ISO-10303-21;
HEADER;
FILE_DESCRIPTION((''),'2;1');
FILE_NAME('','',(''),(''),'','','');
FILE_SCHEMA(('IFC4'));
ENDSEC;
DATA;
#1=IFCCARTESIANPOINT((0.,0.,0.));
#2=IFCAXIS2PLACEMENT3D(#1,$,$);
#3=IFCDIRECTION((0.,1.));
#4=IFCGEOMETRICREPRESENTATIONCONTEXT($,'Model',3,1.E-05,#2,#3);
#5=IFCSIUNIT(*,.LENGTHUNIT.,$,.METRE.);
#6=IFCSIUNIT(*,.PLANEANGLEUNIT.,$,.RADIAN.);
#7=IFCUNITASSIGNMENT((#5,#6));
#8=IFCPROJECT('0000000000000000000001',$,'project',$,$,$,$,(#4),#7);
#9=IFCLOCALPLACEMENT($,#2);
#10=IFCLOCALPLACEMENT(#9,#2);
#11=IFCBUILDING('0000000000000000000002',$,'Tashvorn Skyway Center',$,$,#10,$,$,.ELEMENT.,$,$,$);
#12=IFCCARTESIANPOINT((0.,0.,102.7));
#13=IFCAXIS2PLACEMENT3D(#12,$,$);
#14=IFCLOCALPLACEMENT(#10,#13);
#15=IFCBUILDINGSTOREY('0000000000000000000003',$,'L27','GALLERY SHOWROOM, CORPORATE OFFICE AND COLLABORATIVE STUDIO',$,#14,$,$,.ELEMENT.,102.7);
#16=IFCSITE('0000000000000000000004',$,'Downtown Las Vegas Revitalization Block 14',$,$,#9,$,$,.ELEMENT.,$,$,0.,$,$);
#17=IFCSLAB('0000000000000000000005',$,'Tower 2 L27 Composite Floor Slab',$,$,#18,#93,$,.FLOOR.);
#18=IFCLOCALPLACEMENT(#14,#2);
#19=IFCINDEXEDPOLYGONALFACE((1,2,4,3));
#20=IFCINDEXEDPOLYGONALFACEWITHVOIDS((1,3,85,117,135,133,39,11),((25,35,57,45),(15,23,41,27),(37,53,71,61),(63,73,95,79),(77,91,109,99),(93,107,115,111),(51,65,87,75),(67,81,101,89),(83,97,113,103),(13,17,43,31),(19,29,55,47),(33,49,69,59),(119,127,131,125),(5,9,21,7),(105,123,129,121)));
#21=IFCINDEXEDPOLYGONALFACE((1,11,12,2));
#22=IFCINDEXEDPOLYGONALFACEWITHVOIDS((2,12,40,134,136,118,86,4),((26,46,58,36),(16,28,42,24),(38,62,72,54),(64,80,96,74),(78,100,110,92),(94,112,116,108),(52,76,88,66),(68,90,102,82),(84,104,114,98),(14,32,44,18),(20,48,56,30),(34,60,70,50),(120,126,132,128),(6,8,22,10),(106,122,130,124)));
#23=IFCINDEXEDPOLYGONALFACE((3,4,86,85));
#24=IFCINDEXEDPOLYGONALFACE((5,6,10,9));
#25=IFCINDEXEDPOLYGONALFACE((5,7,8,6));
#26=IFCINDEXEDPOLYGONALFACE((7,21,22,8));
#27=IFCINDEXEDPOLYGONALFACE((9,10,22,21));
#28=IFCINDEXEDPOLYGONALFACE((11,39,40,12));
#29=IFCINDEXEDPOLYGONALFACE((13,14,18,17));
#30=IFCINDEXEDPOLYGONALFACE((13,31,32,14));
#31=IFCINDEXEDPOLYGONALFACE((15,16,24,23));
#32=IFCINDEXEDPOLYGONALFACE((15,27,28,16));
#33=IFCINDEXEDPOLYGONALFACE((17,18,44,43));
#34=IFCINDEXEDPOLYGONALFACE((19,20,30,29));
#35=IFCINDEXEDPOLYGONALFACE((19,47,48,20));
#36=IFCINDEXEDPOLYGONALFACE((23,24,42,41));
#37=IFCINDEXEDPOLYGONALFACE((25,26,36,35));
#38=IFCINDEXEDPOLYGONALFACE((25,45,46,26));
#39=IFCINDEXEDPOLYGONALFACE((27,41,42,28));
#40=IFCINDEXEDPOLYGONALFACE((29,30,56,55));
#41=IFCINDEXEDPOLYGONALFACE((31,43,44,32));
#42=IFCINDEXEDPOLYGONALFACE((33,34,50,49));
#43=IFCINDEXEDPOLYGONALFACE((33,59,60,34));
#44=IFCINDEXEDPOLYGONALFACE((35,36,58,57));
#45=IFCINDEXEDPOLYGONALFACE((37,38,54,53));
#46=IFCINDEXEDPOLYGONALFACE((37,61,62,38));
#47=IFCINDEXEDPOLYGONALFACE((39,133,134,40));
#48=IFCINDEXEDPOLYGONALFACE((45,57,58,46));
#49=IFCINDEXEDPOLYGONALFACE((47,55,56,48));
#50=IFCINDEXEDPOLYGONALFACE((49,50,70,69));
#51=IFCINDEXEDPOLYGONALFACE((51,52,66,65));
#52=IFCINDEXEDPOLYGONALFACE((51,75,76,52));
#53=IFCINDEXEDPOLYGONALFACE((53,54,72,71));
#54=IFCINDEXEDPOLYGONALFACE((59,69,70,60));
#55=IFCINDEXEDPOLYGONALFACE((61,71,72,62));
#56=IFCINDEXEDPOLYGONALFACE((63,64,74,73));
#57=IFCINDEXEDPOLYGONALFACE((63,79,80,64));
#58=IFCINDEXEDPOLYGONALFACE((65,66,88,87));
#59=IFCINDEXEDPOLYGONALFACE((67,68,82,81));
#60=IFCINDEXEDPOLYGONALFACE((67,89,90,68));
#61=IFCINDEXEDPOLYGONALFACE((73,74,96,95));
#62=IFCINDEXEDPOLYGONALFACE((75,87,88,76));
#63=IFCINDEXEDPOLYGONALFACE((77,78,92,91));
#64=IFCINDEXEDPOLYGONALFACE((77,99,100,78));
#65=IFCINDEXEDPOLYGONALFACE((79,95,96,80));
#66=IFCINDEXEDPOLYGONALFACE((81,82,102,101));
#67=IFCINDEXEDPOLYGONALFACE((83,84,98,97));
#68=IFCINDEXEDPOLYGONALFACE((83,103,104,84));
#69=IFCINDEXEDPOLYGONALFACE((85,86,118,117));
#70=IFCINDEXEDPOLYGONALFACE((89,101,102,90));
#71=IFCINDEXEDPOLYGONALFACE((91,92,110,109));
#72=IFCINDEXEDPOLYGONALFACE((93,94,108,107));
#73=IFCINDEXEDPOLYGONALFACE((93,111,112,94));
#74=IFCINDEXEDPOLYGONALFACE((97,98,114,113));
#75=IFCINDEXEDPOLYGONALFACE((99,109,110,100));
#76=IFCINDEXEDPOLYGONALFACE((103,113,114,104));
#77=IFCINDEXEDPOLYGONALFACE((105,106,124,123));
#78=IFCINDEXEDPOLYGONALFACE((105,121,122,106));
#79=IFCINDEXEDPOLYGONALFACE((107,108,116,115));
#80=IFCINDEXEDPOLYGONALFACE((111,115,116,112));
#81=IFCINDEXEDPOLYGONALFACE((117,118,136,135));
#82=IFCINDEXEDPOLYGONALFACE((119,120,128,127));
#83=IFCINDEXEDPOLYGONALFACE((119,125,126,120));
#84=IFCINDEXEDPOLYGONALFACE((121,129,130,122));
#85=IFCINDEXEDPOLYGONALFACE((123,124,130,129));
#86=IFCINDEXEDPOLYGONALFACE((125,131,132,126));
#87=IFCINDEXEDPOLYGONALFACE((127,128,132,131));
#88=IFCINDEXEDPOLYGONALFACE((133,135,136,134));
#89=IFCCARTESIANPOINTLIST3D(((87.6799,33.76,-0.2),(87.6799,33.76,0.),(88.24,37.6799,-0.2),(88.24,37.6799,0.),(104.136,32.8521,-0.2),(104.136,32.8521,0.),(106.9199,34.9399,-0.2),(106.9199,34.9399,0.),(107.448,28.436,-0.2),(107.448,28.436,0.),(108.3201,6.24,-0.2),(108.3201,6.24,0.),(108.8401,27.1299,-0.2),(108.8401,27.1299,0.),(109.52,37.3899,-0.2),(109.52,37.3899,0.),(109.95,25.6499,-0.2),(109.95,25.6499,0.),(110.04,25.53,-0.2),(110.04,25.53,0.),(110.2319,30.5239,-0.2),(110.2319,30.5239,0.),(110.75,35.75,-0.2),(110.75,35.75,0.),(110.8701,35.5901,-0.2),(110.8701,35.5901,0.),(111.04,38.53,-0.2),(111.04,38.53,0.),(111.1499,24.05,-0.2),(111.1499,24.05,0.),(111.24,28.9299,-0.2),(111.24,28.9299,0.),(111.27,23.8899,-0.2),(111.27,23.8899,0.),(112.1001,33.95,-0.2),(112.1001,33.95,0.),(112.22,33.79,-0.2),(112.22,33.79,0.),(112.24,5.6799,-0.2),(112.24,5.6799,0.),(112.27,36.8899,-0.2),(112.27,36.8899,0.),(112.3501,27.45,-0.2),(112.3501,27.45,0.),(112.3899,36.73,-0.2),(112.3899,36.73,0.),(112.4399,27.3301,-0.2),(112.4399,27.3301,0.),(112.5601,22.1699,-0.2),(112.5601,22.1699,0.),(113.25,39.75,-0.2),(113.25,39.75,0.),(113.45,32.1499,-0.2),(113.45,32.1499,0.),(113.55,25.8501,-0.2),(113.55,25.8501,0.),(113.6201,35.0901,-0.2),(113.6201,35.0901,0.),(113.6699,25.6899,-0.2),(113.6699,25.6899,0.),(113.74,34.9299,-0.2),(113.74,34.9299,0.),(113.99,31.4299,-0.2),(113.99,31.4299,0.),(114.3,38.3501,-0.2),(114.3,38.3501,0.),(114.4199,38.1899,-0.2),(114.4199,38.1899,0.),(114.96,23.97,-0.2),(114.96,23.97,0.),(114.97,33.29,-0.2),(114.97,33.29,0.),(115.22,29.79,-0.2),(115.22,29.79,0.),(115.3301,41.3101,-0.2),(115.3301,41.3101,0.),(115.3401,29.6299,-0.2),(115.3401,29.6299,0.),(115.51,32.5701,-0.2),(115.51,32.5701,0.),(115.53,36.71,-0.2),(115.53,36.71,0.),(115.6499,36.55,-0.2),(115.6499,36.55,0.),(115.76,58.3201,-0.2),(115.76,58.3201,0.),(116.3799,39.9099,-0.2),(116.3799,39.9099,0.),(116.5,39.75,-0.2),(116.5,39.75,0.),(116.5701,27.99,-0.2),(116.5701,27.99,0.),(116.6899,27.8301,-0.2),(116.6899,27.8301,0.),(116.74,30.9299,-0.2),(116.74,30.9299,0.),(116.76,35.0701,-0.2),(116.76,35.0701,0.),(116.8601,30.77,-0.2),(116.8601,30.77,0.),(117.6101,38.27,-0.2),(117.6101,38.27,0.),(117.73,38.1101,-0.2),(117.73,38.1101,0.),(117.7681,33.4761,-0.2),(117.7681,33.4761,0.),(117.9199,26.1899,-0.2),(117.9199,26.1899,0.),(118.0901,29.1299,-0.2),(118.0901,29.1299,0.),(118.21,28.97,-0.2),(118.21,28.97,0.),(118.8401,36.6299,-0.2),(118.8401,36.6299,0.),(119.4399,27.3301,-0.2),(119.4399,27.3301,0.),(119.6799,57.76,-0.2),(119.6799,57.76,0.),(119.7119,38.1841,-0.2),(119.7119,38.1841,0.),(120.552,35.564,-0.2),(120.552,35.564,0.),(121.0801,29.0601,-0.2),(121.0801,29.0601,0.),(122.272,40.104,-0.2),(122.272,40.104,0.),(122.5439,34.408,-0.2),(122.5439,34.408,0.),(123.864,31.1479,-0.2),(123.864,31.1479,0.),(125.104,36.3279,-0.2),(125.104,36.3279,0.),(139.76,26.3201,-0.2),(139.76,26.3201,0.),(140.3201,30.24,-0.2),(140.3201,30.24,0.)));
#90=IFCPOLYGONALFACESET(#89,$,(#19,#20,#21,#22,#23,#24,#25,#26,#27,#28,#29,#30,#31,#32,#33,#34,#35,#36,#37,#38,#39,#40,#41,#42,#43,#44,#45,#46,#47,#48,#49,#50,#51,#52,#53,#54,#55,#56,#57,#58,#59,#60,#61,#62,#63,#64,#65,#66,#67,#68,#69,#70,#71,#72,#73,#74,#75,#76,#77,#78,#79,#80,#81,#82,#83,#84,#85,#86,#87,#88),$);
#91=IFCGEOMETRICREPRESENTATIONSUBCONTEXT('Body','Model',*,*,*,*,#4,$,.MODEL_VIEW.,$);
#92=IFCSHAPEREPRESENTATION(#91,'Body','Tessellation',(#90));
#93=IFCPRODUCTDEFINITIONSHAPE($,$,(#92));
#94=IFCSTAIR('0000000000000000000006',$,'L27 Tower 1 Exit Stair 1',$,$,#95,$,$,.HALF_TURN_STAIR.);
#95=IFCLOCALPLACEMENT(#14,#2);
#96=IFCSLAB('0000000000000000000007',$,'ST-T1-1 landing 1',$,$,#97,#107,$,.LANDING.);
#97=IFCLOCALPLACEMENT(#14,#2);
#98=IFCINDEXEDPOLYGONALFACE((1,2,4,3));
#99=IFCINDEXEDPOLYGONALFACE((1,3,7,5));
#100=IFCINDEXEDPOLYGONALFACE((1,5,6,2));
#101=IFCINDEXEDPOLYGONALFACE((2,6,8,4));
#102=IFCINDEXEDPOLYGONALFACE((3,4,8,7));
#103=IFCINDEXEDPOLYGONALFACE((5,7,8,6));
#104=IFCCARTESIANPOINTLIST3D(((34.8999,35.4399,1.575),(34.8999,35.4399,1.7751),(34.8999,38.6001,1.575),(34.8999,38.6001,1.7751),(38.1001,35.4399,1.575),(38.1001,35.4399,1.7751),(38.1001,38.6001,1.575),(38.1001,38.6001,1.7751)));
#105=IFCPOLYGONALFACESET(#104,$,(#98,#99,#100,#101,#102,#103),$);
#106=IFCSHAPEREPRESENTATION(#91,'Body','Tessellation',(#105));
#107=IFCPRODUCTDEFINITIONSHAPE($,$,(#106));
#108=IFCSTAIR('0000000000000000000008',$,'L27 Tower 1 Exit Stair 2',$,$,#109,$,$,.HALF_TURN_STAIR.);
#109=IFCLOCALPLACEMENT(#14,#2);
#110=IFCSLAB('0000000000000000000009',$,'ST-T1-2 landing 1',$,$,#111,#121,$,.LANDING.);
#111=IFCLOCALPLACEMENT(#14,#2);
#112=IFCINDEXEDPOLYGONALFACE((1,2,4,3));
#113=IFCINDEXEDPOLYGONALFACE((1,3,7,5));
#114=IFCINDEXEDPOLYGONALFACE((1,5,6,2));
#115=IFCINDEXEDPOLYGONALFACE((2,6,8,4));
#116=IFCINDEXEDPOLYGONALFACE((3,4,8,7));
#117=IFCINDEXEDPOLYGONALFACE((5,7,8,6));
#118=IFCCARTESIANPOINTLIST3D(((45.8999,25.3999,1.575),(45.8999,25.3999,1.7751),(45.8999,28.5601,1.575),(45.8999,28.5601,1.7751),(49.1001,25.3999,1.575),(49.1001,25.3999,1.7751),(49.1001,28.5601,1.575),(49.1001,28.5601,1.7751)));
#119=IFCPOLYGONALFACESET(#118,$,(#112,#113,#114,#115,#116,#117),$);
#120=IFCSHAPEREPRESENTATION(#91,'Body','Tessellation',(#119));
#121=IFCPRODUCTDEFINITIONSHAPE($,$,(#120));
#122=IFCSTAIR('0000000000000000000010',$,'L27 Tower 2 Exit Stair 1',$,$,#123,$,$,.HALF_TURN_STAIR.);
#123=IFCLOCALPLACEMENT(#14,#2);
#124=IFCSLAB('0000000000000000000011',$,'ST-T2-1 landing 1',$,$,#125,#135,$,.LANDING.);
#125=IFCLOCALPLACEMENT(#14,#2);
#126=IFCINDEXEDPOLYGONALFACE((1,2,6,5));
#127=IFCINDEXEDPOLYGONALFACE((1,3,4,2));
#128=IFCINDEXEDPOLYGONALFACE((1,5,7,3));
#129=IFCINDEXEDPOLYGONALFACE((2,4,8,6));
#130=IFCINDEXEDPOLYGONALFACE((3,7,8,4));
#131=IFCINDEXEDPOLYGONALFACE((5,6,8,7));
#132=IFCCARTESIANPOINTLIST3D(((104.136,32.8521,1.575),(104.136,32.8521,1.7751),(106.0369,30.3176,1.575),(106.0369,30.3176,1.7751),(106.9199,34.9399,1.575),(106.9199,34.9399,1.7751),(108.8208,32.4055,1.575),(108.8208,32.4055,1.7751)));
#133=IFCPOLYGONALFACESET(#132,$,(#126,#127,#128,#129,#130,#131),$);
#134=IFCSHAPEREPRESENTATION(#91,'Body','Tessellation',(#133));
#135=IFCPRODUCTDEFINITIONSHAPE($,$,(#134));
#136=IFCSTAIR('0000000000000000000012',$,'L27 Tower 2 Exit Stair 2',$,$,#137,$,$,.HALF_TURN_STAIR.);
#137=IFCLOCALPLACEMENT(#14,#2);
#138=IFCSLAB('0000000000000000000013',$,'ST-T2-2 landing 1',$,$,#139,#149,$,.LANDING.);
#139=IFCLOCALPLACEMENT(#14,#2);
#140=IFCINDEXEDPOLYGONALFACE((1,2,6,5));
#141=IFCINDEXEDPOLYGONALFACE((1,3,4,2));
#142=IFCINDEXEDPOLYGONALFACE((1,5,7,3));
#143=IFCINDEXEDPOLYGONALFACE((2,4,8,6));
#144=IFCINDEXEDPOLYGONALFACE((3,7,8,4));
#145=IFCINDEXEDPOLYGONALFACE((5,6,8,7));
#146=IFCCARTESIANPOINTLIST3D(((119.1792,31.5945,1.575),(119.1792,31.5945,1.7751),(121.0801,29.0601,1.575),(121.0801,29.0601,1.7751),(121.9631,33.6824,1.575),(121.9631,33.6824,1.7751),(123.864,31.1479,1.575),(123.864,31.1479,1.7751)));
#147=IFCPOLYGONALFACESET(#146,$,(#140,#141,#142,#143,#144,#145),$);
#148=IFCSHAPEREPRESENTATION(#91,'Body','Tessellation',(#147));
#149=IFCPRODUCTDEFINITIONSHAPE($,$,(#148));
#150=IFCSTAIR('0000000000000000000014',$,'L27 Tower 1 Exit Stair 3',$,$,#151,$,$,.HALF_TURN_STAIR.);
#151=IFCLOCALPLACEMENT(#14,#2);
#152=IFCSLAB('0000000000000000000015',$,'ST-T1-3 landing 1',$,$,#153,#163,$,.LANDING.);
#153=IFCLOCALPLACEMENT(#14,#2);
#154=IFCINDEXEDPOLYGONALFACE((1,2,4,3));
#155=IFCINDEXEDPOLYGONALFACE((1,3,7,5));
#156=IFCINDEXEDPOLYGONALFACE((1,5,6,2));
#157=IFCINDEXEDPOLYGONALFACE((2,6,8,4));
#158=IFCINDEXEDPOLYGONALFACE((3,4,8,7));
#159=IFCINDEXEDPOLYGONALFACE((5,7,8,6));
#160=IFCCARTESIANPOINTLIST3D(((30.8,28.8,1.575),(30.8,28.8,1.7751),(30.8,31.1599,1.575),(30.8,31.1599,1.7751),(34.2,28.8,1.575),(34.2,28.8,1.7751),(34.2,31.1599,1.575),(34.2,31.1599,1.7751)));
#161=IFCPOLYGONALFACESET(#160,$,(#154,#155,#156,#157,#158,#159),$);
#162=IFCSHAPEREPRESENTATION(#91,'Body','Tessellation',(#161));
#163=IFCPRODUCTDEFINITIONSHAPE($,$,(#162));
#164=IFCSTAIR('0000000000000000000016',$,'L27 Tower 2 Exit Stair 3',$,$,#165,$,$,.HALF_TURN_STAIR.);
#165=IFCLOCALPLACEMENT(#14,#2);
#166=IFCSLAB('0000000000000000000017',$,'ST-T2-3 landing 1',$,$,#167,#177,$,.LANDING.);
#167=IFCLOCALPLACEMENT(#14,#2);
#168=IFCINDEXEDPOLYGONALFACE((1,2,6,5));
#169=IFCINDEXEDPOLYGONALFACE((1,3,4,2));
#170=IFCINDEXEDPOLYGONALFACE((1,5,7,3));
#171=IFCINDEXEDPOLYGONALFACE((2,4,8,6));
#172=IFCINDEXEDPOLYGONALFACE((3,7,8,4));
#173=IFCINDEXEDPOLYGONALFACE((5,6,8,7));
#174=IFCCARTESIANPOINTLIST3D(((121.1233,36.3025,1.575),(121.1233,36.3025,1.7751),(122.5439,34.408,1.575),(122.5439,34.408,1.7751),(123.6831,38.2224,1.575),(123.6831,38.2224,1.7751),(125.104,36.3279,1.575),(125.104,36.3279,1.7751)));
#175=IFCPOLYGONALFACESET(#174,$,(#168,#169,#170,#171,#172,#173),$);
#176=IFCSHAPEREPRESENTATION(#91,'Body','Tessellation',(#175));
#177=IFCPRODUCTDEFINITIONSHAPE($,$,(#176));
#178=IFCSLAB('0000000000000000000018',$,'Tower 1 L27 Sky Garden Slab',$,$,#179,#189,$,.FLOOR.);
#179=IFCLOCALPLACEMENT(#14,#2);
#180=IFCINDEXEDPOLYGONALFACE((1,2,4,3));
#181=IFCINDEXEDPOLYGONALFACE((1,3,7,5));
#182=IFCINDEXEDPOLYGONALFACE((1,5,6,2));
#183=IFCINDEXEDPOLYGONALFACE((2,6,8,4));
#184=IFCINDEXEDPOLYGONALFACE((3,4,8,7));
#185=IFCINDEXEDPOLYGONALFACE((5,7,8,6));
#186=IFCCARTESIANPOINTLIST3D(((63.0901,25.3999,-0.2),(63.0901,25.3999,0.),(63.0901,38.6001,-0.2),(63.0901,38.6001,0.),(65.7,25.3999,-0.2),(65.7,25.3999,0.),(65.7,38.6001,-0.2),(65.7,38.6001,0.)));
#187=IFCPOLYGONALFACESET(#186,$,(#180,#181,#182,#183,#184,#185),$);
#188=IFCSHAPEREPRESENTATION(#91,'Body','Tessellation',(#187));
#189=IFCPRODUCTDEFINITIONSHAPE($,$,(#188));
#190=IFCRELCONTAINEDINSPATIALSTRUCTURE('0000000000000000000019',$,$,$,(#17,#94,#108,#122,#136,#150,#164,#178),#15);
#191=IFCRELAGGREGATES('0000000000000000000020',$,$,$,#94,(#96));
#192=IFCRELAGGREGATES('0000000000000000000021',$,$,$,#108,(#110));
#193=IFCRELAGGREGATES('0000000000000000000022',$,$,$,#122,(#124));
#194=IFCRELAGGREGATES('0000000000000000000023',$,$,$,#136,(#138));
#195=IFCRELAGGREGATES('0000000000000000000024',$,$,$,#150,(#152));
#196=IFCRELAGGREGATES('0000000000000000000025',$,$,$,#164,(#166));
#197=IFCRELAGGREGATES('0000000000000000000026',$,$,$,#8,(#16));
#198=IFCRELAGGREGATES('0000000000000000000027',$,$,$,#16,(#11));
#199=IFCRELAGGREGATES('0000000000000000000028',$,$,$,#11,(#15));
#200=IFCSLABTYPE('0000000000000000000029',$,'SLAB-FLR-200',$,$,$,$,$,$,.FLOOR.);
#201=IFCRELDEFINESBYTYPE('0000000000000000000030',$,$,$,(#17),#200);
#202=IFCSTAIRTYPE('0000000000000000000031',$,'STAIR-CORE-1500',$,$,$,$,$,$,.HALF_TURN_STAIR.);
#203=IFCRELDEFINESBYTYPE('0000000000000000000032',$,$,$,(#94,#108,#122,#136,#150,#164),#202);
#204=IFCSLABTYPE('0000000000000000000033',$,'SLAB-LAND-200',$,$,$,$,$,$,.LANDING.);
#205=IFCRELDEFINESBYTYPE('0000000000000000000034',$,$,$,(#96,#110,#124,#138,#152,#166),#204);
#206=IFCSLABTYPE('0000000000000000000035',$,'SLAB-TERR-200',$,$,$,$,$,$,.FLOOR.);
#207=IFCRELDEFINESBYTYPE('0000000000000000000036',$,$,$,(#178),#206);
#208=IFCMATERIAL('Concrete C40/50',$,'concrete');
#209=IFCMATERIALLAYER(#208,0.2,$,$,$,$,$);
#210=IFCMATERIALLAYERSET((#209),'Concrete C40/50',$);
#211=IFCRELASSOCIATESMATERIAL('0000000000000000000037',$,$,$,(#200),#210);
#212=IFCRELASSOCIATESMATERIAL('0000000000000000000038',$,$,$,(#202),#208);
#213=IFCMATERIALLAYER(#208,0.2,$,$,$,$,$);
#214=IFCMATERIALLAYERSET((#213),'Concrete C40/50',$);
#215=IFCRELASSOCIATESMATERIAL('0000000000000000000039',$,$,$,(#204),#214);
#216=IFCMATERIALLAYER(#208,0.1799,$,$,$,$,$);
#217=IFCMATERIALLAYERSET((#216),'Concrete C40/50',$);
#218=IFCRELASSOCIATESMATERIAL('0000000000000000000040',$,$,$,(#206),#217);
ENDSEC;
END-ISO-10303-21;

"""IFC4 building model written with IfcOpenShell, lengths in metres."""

from ifc_helpers import new_model, si_unit, direction, frame, origin, place, context, subcontext, project, spatial, polyline, outline, extrude, material, layer, layer_set, type_object, element, aggregate, save


model = new_model("IFC4")

# Units and contexts
model_context = context("Model", 3, precision=1e-05, world=origin(), true_north=direction((0.0, 1.0)))
body_context = subcontext(model_context, "Body", "Model", "MODEL_VIEW")
ifc_project = project(units=[si_unit("LENGTHUNIT", "METRE"), si_unit("PLANEANGLEUNIT", "RADIAN")], contexts=[model_context])

# Site, building, storey
site_placement = place(None, origin())
site = spatial("IfcSite", under=ifc_project, at=site_placement, Name="Downtown Las Vegas Revitalization Block 14", CompositionType="ELEMENT", RefElevation=0.0)
building_placement = place(site_placement, origin())
building = spatial("IfcBuilding", under=site, at=building_placement, Name="Tashvorn Skyway Center", CompositionType="ELEMENT")
storey_placement = place(building_placement, frame((0.0, 0.0, 102.7)))
storey = spatial("IfcBuildingStorey", under=building, at=storey_placement, Name="L27", Description="GALLERY SHOWROOM, CORPORATE OFFICE AND COLLABORATIVE STUDIO", CompositionType="ELEMENT", Elevation=102.7)

# Slab
ifc_material_1 = material(Name="Concrete C40/50", Category="concrete")
ifc_layer_1 = layer(ifc_material_1, 0.2)
ifc_layer_set_1 = layer_set([ifc_layer_1], Name="Concrete C40/50")
slab_type_1 = type_object("IfcSlabType", Name="SLAB-FLR-200", PredefinedType="FLOOR", material=ifc_layer_set_1)
slab_1_placement = place(storey_placement, frame((0.0, 0.0, -0.2)))
element("IfcSlab", 1, at=slab_1_placement, inside=storey, type_object=slab_type_1, Name="Tower 2 L27 Composite Floor Slab", PredefinedType="FLOOR", context=body_context, shape_type="SweptSolid", body=[
    extrude(outline(polyline([(112.24, 5.6799), (139.76, 26.3201), (140.3201, 30.24), (119.6799, 57.76), (115.76, 58.3201), (88.24, 37.6799), (87.6799, 33.76), (108.3201, 6.24), (112.24, 5.6799)]), holes=[polyline([(110.2319, 30.5239), (106.9199, 34.9399), (104.136, 32.8521), (107.448, 28.436), (110.2319, 30.5239)]), polyline([(117.7681, 33.4761), (121.0801, 29.0601), (123.864, 31.1479), (120.552, 35.564), (117.7681, 33.4761)]), polyline([(119.7119, 38.1841), (122.5439, 34.408), (125.104, 36.3279), (122.272, 40.104), (119.7119, 38.1841)]), polyline([(109.95, 25.6499), (112.3501, 27.45), (111.24, 28.9299), (108.8401, 27.1299), (109.95, 25.6499)]), polyline([(111.1499, 24.05), (113.55, 25.8501), (112.4399, 27.3301), (110.04, 25.53), (111.1499, 24.05)]), polyline([(112.5601, 22.1699), (114.96, 23.97), (113.6699, 25.6899), (111.27, 23.8899), (112.5601, 22.1699)]), polyline([(117.9199, 26.1899), (119.4399, 27.3301), (118.21, 28.97), (116.6899, 27.8301), (117.9199, 26.1899)]), polyline([(116.5701, 27.99), (118.0901, 29.1299), (116.8601, 30.77), (115.3401, 29.6299), (116.5701, 27.99)]), polyline([(115.22, 29.79), (116.74, 30.9299), (115.51, 32.5701), (113.99, 31.4299), (115.22, 29.79)]), polyline([(113.45, 32.1499), (114.97, 33.29), (113.74, 34.9299), (112.22, 33.79), (113.45, 32.1499)]), polyline([(112.1001, 33.95), (113.6201, 35.0901), (112.3899, 36.73), (110.8701, 35.5901), (112.1001, 33.95)]), polyline([(110.75, 35.75), (112.27, 36.8899), (111.04, 38.53), (109.52, 37.3899), (110.75, 35.75)]), polyline([(116.76, 35.0701), (118.8401, 36.6299), (117.73, 38.1101), (115.6499, 36.55), (116.76, 35.0701)]), polyline([(115.53, 36.71), (117.6101, 38.27), (116.5, 39.75), (114.4199, 38.1899), (115.53, 36.71)]), polyline([(114.3, 38.3501), (116.3799, 39.9099), (115.3301, 41.3101), (113.25, 39.75), (114.3, 38.3501)])]), origin(), (0.0, 0.0, 1.0), 0.2),
])

# Stairs, slabs
stair_type = type_object("IfcStairType", Name="STAIR-CORE-1500", PredefinedType="HALF_TURN_STAIR", material=ifc_material_1)
stair_1_placement = place(storey_placement, origin())
stair_1 = element("IfcStair", 2, at=stair_1_placement, inside=storey, type_object=stair_type, Name="L27 Tower 1 Exit Stair 1", PredefinedType="HALF_TURN_STAIR")
ifc_layer_2 = layer(ifc_material_1, 0.2)
ifc_layer_set_2 = layer_set([ifc_layer_2], Name="Concrete C40/50")
slab_type_2 = type_object("IfcSlabType", Name="SLAB-LAND-200", PredefinedType="LANDING", material=ifc_layer_set_2)
slab_2_placement = place(storey_placement, frame((0.0, 0.0, 1.575)))
slab_2 = element("IfcSlab", 3, at=slab_2_placement, type_object=slab_type_2, Name="ST-T1-1 landing 1", PredefinedType="LANDING", context=body_context, shape_type="SweptSolid", body=[
    extrude(outline(polyline([(38.1001, 35.4399), (38.1001, 38.6001), (34.8999, 38.6001), (34.8999, 35.4399), (38.1001, 35.4399)])), origin(), (0.0, 0.0, 1.0), 0.2002),
])
aggregate(stair_1, [slab_2])
stair_2_placement = place(storey_placement, origin())
stair_2 = element("IfcStair", 4, at=stair_2_placement, inside=storey, type_object=stair_type, Name="L27 Tower 1 Exit Stair 2", PredefinedType="HALF_TURN_STAIR")
slab_3_placement = place(storey_placement, frame((0.0, 0.0, 1.575)))
slab_3 = element("IfcSlab", 5, at=slab_3_placement, type_object=slab_type_2, Name="ST-T1-2 landing 1", PredefinedType="LANDING", context=body_context, shape_type="SweptSolid", body=[
    extrude(outline(polyline([(45.8999, 28.5601), (45.8999, 25.3999), (49.1001, 25.3999), (49.1001, 28.5601), (45.8999, 28.5601)])), origin(), (0.0, 0.0, 1.0), 0.2002),
])
aggregate(stair_2, [slab_3])
stair_3_placement = place(storey_placement, origin())
stair_3 = element("IfcStair", 6, at=stair_3_placement, inside=storey, type_object=stair_type, Name="L27 Tower 2 Exit Stair 1", PredefinedType="HALF_TURN_STAIR")
slab_4_placement = place(storey_placement, frame((0.0, 0.0, 1.575)))
slab_4 = element("IfcSlab", 7, at=slab_4_placement, type_object=slab_type_2, Name="ST-T2-1 landing 1", PredefinedType="LANDING", context=body_context, shape_type="SweptSolid", body=[
    extrude(outline(polyline([(108.8208, 32.4055), (106.9199, 34.9399), (104.136, 32.8521), (106.0369, 30.3176), (108.8208, 32.4055)])), origin(), (0.0, 0.0, 1.0), 0.2002),
])
aggregate(stair_3, [slab_4])
stair_4_placement = place(storey_placement, origin())
stair_4 = element("IfcStair", 8, at=stair_4_placement, inside=storey, type_object=stair_type, Name="L27 Tower 2 Exit Stair 2", PredefinedType="HALF_TURN_STAIR")
slab_5_placement = place(storey_placement, frame((0.0, 0.0, 1.575)))
slab_5 = element("IfcSlab", 9, at=slab_5_placement, type_object=slab_type_2, Name="ST-T2-2 landing 1", PredefinedType="LANDING", context=body_context, shape_type="SweptSolid", body=[
    extrude(outline(polyline([(119.1792, 31.5945), (121.0801, 29.0601), (123.864, 31.1479), (121.9631, 33.6824), (119.1792, 31.5945)])), origin(), (0.0, 0.0, 1.0), 0.2002),
])
aggregate(stair_4, [slab_5])
stair_5_placement = place(storey_placement, origin())
stair_5 = element("IfcStair", 10, at=stair_5_placement, inside=storey, type_object=stair_type, Name="L27 Tower 1 Exit Stair 3", PredefinedType="HALF_TURN_STAIR")
slab_6_placement = place(storey_placement, frame((0.0, 0.0, 1.575)))
slab_6 = element("IfcSlab", 11, at=slab_6_placement, type_object=slab_type_2, Name="ST-T1-3 landing 1", PredefinedType="LANDING", context=body_context, shape_type="SweptSolid", body=[
    extrude(outline(polyline([(30.8, 31.1599), (30.8, 28.8), (34.2, 28.8), (34.2, 31.1599), (30.8, 31.1599)])), origin(), (0.0, 0.0, 1.0), 0.2002),
])
aggregate(stair_5, [slab_6])
stair_6_placement = place(storey_placement, origin())
stair_6 = element("IfcStair", 12, at=stair_6_placement, inside=storey, type_object=stair_type, Name="L27 Tower 2 Exit Stair 3", PredefinedType="HALF_TURN_STAIR")
slab_7_placement = place(storey_placement, frame((0.0, 0.0, 1.575)))
slab_7 = element("IfcSlab", 13, at=slab_7_placement, type_object=slab_type_2, Name="ST-T2-3 landing 1", PredefinedType="LANDING", context=body_context, shape_type="SweptSolid", body=[
    extrude(outline(polyline([(121.1233, 36.3025), (122.5439, 34.408), (125.104, 36.3279), (123.6831, 38.2224), (121.1233, 36.3025)])), origin(), (0.0, 0.0, 1.0), 0.2002),
])
aggregate(stair_6, [slab_7])

# Slab
ifc_layer_3 = layer(ifc_material_1, 0.1799)
ifc_layer_set_3 = layer_set([ifc_layer_3], Name="Concrete C40/50")
slab_type_3 = type_object("IfcSlabType", Name="SLAB-TERR-200", PredefinedType="FLOOR", material=ifc_layer_set_3)
slab_8_placement = place(storey_placement, frame((0.0, 0.0, -0.2)))
element("IfcSlab", 14, at=slab_8_placement, inside=storey, type_object=slab_type_3, Name="Tower 1 L27 Sky Garden Slab", PredefinedType="FLOOR", context=body_context, shape_type="SweptSolid", body=[
    extrude(outline(polyline([(63.0901, 25.3999), (65.7, 25.3999), (65.7, 38.6001), (63.0901, 38.6001), (63.0901, 25.3999)])), origin(), (0.0, 0.0, 1.0), 0.2),
])

save(model, "model.ifc")
